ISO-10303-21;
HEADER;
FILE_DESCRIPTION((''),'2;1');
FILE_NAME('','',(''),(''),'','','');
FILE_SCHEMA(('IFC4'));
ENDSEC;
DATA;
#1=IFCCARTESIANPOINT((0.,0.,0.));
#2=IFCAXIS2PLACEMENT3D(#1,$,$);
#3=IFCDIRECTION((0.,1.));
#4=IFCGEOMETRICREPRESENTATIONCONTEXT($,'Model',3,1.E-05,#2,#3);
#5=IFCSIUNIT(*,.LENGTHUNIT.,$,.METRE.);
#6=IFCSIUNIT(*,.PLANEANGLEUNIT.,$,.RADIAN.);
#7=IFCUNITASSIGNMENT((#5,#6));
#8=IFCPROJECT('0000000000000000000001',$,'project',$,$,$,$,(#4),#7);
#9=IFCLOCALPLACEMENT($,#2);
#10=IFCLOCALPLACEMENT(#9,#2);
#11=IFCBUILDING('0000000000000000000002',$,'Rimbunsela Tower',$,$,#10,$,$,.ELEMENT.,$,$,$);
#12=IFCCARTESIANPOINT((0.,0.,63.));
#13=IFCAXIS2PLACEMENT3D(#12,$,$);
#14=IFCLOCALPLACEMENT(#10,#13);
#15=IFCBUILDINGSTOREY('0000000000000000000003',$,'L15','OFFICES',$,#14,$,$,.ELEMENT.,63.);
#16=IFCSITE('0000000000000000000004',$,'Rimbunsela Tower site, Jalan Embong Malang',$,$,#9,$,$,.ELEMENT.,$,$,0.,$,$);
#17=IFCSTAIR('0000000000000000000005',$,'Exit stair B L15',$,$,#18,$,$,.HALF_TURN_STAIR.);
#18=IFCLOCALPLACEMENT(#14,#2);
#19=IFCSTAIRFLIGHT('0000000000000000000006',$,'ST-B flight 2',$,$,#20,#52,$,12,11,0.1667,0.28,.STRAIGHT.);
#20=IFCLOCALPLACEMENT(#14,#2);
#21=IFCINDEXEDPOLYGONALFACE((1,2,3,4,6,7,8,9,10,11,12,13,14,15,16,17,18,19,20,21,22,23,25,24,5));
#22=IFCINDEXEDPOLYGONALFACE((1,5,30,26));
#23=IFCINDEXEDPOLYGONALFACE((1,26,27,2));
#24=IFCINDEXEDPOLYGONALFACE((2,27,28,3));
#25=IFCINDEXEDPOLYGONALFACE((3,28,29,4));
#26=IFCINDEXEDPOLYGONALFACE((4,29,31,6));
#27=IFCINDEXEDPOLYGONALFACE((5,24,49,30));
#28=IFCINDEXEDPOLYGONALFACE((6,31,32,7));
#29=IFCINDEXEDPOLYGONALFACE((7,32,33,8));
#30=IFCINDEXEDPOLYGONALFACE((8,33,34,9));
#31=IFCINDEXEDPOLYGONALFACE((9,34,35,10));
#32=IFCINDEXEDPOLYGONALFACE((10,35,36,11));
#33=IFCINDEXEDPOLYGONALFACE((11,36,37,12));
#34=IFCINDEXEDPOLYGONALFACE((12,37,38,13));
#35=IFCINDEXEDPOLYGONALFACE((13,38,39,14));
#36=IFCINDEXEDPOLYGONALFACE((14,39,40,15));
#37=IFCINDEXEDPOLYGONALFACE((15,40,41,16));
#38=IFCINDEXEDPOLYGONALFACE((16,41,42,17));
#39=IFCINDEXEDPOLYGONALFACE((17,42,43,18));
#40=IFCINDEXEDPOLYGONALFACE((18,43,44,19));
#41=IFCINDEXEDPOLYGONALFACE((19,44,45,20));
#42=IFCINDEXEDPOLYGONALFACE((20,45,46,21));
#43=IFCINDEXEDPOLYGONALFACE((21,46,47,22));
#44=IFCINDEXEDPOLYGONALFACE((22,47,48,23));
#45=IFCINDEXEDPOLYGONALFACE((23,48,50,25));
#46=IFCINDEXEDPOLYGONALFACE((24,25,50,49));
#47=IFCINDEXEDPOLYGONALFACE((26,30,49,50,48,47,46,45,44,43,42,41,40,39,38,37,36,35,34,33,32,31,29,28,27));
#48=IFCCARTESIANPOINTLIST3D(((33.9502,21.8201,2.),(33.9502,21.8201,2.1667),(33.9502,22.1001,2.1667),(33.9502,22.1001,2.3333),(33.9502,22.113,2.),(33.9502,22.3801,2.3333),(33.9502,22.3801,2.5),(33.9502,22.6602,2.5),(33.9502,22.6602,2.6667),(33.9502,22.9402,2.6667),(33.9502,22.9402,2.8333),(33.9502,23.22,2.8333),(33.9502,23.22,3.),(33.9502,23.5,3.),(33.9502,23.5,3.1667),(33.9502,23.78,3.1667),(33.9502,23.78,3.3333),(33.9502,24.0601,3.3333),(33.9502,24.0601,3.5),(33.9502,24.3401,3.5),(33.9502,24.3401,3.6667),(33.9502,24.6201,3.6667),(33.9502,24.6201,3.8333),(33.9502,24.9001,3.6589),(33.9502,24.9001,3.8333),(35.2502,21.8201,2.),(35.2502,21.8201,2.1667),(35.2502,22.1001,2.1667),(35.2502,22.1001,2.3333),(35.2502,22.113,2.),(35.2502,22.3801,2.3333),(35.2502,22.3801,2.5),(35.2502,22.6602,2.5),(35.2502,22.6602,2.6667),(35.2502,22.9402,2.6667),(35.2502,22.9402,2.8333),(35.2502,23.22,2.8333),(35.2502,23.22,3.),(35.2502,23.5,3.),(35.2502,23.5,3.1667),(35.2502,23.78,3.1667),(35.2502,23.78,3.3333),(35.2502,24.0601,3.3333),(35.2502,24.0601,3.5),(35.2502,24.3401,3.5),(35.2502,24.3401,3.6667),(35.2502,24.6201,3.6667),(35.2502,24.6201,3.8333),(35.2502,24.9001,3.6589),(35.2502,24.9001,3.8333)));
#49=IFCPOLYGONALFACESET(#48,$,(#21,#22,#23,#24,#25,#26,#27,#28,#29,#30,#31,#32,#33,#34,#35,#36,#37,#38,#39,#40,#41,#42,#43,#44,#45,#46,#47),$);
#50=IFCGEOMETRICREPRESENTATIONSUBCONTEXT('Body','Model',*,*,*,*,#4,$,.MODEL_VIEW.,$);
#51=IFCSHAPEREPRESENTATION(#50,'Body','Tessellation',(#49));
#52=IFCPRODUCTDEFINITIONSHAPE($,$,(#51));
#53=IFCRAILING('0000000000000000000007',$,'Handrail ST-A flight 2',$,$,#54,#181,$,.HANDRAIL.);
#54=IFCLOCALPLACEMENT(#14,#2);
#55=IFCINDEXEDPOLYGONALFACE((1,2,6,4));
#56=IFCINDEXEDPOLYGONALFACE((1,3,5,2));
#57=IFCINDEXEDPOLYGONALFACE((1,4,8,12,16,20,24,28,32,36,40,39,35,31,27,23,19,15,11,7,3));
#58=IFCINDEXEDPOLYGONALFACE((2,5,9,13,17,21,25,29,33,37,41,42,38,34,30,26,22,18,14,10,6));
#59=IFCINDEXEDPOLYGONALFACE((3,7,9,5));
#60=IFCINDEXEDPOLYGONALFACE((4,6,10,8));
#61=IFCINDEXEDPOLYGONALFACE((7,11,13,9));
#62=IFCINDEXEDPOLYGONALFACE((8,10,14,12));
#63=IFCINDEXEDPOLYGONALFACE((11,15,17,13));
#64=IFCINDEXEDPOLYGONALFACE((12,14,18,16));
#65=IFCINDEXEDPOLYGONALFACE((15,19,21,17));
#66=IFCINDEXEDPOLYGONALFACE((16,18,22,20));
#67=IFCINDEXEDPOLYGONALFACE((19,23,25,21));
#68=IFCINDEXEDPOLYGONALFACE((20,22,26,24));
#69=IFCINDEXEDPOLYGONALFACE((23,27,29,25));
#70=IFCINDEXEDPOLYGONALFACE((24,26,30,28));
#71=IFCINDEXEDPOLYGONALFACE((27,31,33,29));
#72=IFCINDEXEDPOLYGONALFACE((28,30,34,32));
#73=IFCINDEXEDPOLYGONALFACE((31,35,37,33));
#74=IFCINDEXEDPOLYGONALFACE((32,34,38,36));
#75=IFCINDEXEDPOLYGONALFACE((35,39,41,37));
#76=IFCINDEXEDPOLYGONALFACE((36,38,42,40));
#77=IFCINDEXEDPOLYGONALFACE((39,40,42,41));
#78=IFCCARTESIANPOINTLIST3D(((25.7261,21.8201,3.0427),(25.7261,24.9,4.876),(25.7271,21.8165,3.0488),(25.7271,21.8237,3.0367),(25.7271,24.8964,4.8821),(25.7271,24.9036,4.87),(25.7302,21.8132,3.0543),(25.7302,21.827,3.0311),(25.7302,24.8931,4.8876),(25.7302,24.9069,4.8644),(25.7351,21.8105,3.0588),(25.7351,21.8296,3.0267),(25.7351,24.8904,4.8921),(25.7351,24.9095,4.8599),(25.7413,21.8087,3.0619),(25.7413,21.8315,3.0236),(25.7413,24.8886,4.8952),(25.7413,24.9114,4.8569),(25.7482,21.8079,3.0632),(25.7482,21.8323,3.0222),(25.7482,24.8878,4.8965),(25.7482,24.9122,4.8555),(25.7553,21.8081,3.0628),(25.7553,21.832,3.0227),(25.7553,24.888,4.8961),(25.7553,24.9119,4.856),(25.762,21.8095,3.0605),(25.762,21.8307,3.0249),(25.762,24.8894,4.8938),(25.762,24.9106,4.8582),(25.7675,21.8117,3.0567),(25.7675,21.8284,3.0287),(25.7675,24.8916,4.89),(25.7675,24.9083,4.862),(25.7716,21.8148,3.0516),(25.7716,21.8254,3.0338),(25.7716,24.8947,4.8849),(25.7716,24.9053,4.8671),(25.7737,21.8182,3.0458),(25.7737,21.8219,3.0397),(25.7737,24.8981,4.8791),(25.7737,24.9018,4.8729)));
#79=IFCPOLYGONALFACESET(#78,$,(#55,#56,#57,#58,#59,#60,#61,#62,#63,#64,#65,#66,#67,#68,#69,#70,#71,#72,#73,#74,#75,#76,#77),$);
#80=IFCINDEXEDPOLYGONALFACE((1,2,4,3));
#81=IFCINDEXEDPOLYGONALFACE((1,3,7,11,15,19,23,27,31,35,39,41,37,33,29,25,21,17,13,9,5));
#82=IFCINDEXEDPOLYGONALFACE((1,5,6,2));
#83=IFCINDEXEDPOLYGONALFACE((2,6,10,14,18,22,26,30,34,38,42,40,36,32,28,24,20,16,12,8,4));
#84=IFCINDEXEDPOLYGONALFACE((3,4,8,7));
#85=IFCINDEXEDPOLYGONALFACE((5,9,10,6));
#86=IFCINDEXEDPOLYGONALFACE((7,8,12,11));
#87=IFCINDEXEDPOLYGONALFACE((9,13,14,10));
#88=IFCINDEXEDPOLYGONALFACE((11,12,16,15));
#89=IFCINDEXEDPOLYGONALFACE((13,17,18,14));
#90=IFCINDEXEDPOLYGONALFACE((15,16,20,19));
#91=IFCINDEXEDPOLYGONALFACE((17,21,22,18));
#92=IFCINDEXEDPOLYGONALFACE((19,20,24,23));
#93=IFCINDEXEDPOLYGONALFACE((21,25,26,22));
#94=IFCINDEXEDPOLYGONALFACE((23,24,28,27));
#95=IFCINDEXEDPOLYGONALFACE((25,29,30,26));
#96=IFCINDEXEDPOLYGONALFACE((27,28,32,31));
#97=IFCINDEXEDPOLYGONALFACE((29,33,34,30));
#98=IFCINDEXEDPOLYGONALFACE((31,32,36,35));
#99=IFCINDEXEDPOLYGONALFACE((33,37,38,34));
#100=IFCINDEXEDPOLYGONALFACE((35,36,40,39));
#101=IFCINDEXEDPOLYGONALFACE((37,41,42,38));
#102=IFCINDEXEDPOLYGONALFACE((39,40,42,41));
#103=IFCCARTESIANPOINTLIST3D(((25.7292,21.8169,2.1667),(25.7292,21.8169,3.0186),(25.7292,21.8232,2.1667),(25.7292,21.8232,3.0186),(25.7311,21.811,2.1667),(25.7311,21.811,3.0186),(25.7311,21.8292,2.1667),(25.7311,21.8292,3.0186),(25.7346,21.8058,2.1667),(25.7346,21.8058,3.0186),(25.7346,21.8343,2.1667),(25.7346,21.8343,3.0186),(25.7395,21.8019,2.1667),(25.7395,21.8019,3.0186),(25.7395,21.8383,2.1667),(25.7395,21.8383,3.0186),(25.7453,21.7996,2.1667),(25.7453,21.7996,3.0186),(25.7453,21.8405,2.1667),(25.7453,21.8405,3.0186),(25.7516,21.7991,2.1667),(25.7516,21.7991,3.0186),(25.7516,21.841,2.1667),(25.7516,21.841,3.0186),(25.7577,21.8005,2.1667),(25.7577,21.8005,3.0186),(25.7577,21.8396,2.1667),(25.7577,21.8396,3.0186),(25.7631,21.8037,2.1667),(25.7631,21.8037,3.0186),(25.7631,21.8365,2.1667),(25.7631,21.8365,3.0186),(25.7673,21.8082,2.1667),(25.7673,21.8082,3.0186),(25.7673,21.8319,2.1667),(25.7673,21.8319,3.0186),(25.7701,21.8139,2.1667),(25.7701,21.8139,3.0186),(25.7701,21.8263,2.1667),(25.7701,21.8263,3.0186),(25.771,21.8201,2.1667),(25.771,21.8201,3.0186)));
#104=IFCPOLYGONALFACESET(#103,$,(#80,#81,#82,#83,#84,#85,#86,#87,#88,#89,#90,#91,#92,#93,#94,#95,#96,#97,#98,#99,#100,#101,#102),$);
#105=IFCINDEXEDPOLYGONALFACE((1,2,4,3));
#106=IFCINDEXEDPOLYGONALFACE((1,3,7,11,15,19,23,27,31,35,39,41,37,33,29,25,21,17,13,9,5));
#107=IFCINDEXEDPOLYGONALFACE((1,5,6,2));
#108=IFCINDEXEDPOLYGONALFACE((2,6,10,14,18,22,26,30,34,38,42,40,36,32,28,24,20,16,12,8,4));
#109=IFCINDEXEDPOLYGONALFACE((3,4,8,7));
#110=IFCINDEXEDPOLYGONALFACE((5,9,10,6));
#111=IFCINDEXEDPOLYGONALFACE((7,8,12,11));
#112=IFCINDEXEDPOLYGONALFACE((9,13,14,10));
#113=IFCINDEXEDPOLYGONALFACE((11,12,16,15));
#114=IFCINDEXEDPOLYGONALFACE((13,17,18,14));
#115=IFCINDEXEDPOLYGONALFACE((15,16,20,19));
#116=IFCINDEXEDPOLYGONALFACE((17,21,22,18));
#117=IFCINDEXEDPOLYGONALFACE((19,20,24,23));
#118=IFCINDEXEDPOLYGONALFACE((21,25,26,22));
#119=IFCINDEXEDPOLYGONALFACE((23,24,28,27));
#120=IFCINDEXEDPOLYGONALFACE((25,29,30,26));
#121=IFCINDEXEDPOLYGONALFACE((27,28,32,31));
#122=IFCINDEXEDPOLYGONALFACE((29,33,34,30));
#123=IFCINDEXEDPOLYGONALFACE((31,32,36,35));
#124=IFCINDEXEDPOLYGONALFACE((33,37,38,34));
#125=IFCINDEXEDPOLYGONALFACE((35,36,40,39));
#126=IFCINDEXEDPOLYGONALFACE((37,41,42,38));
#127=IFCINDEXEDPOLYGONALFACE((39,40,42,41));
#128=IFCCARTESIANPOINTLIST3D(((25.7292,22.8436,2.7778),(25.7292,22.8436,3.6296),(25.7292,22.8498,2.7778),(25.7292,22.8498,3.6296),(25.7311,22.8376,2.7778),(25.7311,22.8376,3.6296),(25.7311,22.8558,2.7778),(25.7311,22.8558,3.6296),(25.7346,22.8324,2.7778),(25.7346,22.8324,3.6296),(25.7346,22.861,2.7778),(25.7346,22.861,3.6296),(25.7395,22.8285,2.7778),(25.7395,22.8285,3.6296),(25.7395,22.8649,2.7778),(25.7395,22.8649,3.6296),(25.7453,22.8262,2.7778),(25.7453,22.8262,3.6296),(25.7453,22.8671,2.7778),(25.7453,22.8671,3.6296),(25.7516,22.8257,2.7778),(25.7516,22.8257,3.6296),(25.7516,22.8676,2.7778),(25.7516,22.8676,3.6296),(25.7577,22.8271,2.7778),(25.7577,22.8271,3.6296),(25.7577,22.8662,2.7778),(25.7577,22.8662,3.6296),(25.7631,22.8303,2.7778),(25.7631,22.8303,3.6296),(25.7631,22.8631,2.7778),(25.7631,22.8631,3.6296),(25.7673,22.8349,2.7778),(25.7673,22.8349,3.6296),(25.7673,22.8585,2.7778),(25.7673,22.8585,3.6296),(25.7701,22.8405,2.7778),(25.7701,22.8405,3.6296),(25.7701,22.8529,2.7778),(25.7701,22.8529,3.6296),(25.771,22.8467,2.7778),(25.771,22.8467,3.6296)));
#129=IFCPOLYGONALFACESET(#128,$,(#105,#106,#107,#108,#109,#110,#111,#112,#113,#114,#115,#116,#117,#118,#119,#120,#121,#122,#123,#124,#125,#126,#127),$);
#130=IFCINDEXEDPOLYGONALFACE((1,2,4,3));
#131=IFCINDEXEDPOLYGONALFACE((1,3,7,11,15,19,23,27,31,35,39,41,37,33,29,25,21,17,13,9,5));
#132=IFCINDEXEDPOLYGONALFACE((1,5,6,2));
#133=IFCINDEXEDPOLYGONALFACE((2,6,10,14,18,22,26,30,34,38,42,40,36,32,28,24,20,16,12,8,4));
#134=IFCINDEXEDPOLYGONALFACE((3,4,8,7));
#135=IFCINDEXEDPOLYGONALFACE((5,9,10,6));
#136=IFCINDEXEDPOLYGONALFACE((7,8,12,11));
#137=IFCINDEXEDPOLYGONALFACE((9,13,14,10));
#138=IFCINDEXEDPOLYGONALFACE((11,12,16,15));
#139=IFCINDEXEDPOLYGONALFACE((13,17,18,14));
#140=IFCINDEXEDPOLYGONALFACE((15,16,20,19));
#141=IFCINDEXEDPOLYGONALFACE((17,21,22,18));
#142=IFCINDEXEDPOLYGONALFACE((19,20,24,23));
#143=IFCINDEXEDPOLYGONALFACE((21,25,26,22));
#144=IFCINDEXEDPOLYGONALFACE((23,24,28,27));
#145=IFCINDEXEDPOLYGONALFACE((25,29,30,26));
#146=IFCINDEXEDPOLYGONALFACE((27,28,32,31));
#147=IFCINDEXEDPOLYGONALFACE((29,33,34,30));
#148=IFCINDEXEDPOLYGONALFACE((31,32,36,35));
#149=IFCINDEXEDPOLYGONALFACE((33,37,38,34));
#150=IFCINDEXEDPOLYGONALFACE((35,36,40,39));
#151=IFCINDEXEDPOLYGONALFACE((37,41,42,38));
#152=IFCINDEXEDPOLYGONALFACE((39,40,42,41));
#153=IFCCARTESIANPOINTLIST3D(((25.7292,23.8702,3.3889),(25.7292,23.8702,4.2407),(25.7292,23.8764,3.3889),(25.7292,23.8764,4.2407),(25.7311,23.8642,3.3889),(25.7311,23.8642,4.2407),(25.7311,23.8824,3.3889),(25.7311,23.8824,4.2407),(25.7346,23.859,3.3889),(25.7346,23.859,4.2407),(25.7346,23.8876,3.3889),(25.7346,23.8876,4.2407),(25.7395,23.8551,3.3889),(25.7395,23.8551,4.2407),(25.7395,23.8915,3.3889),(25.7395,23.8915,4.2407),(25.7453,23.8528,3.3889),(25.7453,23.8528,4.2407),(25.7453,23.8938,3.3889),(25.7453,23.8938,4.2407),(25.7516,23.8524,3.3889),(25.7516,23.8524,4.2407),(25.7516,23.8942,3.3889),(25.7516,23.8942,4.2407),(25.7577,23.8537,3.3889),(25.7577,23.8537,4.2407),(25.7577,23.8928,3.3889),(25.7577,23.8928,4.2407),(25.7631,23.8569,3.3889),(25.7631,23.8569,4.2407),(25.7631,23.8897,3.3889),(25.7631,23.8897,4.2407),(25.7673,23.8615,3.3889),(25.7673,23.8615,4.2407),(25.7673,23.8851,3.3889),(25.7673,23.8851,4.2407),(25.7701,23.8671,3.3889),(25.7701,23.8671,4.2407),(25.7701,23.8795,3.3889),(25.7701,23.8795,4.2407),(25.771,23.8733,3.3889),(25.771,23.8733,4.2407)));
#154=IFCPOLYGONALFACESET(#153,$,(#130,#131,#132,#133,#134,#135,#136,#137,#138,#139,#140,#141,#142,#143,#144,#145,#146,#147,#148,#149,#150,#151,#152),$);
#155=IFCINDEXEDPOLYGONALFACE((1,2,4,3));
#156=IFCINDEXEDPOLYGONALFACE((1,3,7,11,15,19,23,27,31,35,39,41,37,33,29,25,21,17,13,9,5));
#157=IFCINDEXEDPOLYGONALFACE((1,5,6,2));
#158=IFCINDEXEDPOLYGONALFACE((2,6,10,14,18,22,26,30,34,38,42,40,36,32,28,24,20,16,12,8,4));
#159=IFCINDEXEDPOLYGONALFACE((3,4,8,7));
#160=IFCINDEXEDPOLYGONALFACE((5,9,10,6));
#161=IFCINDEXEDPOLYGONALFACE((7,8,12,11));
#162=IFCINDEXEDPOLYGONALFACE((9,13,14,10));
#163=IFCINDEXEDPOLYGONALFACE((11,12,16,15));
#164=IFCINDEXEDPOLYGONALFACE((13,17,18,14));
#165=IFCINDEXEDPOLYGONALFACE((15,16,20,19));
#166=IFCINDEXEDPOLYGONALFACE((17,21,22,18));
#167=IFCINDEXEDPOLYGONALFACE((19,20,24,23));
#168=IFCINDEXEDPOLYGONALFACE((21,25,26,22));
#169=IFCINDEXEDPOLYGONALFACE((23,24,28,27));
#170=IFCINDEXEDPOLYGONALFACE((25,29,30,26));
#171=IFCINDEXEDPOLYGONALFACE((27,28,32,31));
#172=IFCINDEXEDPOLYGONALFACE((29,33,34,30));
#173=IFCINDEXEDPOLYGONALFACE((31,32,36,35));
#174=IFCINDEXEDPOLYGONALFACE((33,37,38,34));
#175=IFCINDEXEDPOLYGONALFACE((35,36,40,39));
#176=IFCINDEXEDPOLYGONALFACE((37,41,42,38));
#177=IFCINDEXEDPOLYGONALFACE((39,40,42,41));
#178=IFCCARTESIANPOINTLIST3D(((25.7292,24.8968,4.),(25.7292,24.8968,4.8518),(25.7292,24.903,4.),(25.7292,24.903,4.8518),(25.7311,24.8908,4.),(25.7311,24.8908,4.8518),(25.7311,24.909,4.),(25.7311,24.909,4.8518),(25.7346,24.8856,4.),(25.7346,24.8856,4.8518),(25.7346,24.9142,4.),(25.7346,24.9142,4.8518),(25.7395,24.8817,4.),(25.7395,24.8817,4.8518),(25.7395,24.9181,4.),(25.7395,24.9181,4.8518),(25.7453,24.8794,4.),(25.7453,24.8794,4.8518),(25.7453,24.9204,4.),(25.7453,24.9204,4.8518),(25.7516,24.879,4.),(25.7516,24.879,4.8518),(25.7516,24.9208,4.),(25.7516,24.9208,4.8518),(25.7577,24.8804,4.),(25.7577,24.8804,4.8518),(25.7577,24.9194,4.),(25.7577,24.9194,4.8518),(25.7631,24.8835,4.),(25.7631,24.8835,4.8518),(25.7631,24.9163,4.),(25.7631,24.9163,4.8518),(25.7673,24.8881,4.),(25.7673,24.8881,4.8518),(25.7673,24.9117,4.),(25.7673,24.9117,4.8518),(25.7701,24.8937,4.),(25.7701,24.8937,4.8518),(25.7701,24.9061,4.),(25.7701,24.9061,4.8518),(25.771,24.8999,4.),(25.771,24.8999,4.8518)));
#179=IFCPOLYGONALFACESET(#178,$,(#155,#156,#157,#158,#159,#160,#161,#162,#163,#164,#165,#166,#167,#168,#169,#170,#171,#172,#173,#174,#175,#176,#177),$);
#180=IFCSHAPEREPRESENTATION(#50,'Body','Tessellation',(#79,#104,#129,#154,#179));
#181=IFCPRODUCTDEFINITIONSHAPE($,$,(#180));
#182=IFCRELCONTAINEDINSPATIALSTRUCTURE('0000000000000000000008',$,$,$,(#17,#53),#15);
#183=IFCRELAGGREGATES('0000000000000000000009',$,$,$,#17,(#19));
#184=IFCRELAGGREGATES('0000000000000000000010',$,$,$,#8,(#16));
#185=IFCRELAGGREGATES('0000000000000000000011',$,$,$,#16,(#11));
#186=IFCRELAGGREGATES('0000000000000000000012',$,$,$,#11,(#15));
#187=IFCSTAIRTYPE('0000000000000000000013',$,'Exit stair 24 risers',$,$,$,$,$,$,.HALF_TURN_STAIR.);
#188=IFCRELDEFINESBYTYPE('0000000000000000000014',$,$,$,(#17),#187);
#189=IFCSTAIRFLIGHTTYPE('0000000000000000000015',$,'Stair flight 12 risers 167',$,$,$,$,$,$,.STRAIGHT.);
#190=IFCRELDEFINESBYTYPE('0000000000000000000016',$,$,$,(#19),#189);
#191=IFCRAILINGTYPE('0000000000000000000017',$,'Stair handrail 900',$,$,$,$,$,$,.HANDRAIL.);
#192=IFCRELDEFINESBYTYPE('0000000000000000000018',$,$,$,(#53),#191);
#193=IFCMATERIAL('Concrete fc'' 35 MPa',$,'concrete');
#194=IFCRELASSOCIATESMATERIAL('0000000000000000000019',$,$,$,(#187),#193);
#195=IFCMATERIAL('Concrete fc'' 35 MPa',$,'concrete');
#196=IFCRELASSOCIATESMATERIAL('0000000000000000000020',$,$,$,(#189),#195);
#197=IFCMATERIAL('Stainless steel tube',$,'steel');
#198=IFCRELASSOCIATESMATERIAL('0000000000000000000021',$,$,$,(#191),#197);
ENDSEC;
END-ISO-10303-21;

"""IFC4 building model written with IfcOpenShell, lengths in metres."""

from ifc_helpers import new_model, si_unit, direction, frame, origin, origin_2d, place, context, subcontext, project, spatial, polyline, circle, outline, extrude, material, type_object, element, aggregate, save


model = new_model("IFC4")

# Units and contexts
model_context = context("Model", 3, precision=1e-05, world=origin(), true_north=direction((0.0, 1.0)))
body_context = subcontext(model_context, "Body", "Model", "MODEL_VIEW")
ifc_project = project(units=[si_unit("LENGTHUNIT", "METRE"), si_unit("PLANEANGLEUNIT", "RADIAN")], contexts=[model_context])

# Site, building, storey
site_placement = place(None, origin())
site = spatial("IfcSite", under=ifc_project, at=site_placement, Name="Rimbunsela Tower site, Jalan Embong Malang", CompositionType="ELEMENT", RefElevation=0.0)
building_placement = place(site_placement, origin())
building = spatial("IfcBuilding", under=site, at=building_placement, Name="Rimbunsela Tower", CompositionType="ELEMENT")
storey_placement = place(building_placement, frame((0.0, 0.0, 63.0)))
storey = spatial("IfcBuildingStorey", under=building, at=storey_placement, Name="L15", Description="OFFICES", CompositionType="ELEMENT", Elevation=63.0)

# Stair, stair flight
ifc_material_1 = material(Name="Concrete fc' 35 MPa", Category="concrete")
stair_type = type_object("IfcStairType", Name="Exit stair 24 risers", PredefinedType="HALF_TURN_STAIR", material=ifc_material_1)
ifc_material_2 = material(Name="Concrete fc' 35 MPa", Category="concrete")
stair_flight_type = type_object("IfcStairFlightType", Name="Stair flight 12 risers 167", PredefinedType="STRAIGHT", material=ifc_material_2)
stair_1_placement = place(storey_placement, origin())
stair_1 = element("IfcStair", 1, at=stair_1_placement, inside=storey, type_object=stair_type, Name="Exit stair B L15", PredefinedType="HALF_TURN_STAIR")
stair_flight_1_placement = place(storey_placement, frame((34.6001, 21.8201, 2.0), z_axis=(0.0, 0.0, 1.0), x_axis=(0.0, 1.0, 0.0)))
stair_flight_1 = element("IfcStairFlight", 2, at=stair_flight_1_placement, type_object=stair_flight_type, Name="ST-B flight 2", NumberOfRisers=12, NumberOfTreads=11, PredefinedType="STRAIGHT", RiserHeight=0.1667, TreadLength=0.28, context=body_context, shape_type="SweptSolid", body=[
    extrude(outline(polyline([(0.0, 0.0), (0.0, 0.1667), (0.28, 0.1667), (0.28, 0.3333), (0.5601, 0.3333), (0.5601, 0.5), (0.8401, 0.5), (0.8401, 0.6667), (1.1201, 0.6667), (1.1201, 0.8333), (1.3999, 0.8333), (1.3999, 1.0), (1.6799, 1.0), (1.6799, 1.1667), (1.96, 1.1667), (1.96, 1.3333), (2.24, 1.3333), (2.24, 1.5), (2.52, 1.5), (2.52, 1.6667), (2.8, 1.6667), (2.8, 1.8333), (3.0801, 1.8333), (3.0801, 2.0), (3.0801, 1.6589), (0.293, 0.0), (0.0, 0.0)])), frame((0.0, 0.6499, 0.0), z_axis=(0.0, -1.0, 0.0), x_axis=(1.0, 0.0, 0.0)), (0.0, 0.0, 1.0), 1.3),
])
aggregate(stair_1, [stair_flight_1])

# Railing
ifc_material_3 = material(Name="Stainless steel tube", Category="steel")
railing_type = type_object("IfcRailingType", Name="Stair handrail 900", PredefinedType="HANDRAIL", material=ifc_material_3)
for number, where, name in (
    (3, (25.75, 21.8201, 2.1667), "Handrail ST-A flight 2"),
):
    element("IfcRailing", number, at=place(storey_placement, frame(where)), inside=storey, type_object=railing_type, Name=name, PredefinedType="HANDRAIL", context=body_context, shape_type="SweptSolid", body=[
        extrude(circle(Radius=0.0239, at=origin_2d()), frame((0.0, 0.0, 0.876), z_axis=(0.0, 0.859291, 0.511487), x_axis=(-1.0, 0.0, 0.0)), (0.0, 0.0, 1.0), 3.5842),
        extrude(circle(Radius=0.021, at=origin_2d()), origin(), (0.0, 0.0, 1.0), 0.8518),
        extrude(circle(Radius=0.021, at=origin_2d()), frame((0.0, 1.0266, 0.6111)), (0.0, 0.0, 1.0), 0.8518),
        extrude(circle(Radius=0.021, at=origin_2d()), frame((0.0, 2.0532, 1.2222)), (0.0, 0.0, 1.0), 0.8518),
        extrude(circle(Radius=0.021, at=origin_2d()), frame((0.0, 3.0798, 1.8333)), (0.0, 0.0, 1.0), 0.8518),
    ])

save(model, "model.ifc")
